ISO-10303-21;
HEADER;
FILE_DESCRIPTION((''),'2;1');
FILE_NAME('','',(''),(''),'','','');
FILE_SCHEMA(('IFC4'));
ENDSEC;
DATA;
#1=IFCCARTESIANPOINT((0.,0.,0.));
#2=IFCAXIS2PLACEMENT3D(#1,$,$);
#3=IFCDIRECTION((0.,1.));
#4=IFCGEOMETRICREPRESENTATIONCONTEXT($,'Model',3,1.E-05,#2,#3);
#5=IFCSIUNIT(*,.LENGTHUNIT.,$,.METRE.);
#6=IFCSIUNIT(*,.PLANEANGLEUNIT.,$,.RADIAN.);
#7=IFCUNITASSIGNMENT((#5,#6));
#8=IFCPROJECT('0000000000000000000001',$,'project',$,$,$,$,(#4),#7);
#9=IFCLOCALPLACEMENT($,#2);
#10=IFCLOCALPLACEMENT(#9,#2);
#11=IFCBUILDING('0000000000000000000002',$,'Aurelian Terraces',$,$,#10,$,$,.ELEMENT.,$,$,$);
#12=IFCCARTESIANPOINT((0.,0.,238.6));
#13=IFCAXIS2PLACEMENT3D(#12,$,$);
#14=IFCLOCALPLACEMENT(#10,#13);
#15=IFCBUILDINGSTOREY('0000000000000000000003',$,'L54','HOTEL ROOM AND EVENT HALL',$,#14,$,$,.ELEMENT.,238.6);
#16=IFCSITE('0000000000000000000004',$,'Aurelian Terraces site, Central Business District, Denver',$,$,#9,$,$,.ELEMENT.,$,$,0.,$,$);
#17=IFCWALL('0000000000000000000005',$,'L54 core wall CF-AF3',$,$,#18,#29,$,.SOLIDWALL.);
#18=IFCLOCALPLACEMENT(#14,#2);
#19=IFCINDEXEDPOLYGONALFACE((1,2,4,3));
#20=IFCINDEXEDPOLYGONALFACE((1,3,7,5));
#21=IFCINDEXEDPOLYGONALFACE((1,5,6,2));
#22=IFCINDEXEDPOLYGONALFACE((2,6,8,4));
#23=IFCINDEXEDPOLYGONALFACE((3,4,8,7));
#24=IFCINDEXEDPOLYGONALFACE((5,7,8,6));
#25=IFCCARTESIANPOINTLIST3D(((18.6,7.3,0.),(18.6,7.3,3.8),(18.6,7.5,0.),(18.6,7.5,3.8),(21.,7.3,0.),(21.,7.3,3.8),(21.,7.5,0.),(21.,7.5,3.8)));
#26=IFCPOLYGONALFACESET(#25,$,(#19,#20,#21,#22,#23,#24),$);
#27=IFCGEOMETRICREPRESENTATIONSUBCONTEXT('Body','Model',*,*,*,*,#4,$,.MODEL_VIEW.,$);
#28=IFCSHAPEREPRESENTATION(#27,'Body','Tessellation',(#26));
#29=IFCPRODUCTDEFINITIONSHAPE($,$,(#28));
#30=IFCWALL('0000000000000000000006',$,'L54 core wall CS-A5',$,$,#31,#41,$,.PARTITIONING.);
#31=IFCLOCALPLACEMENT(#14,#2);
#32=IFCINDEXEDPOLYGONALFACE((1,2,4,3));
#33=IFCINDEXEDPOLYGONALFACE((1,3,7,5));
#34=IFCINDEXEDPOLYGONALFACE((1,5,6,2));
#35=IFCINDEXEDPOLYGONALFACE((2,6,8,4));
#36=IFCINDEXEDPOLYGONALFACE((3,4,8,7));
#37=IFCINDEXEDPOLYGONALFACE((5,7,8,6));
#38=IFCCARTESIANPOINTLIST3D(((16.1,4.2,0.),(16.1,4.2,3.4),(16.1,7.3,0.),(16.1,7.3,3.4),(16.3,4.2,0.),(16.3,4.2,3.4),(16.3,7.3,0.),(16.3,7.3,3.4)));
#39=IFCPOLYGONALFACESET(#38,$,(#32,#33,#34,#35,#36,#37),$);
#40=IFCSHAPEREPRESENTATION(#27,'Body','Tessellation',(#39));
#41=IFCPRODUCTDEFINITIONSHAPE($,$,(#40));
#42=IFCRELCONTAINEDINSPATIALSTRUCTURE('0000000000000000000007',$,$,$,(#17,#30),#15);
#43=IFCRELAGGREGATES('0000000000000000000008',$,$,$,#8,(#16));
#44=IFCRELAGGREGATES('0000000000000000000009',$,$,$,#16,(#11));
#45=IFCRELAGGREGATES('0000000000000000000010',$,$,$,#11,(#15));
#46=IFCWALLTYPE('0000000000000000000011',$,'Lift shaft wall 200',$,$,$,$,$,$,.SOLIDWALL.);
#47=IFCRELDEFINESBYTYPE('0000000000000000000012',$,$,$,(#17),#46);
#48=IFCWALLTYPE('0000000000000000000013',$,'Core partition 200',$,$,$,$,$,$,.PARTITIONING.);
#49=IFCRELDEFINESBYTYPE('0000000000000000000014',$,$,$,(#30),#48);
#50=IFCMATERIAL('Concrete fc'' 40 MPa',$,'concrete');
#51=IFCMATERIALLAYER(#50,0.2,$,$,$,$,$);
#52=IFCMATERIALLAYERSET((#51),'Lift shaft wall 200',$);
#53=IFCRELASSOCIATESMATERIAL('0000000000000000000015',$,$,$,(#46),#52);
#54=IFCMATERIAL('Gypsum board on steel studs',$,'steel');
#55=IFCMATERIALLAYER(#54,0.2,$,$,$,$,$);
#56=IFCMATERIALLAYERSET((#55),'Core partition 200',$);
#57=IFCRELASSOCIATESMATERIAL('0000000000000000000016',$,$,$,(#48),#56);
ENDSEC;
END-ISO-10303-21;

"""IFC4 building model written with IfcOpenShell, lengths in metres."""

from ifc_helpers import new_model, si_unit, direction, frame, frame_2d, origin, place, context, subcontext, project, spatial, rectangle, extrude, source, transform, mapped, material, layer, layer_set, type_object, element, save


model = new_model("IFC4")

# Units and contexts
model_context = context("Model", 3, precision=1e-05, world=origin(), true_north=direction((0.0, 1.0)))
body_context = subcontext(model_context, "Body", "Model", "MODEL_VIEW")
ifc_project = project(units=[si_unit("LENGTHUNIT", "METRE"), si_unit("PLANEANGLEUNIT", "RADIAN")], contexts=[model_context])

# Site, building, storey
site_placement = place(None, origin())
site = spatial("IfcSite", under=ifc_project, at=site_placement, Name="Aurelian Terraces site, Central Business District, Denver", CompositionType="ELEMENT", RefElevation=0.0)
building_placement = place(site_placement, origin())
building = spatial("IfcBuilding", under=site, at=building_placement, Name="Aurelian Terraces", CompositionType="ELEMENT")
storey_placement = place(building_placement, frame((0.0, 0.0, 238.6)))
storey = spatial("IfcBuildingStorey", under=building, at=storey_placement, Name="L54", Description="HOTEL ROOM AND EVENT HALL", CompositionType="ELEMENT", Elevation=238.6)

# Shared definitions
ifc_material_1 = material(Name="Concrete fc' 40 MPa", Category="concrete")
ifc_layer_1 = layer(ifc_material_1, 0.2)
ifc_layer_set_1 = layer_set([ifc_layer_1], Name="Lift shaft wall 200")
wall_type_1 = type_object("IfcWallType", Name="Lift shaft wall 200", PredefinedType="SOLIDWALL", material=ifc_layer_set_1)

# Walls
shared_shape_1 = source(origin(), body_context, "Body", "SweptSolid", [
    extrude(rectangle(XDim=2.4, YDim=0.2, at=frame_2d((1.2, 0.0))), origin(), (0.0, 0.0, 1.0), 3.8),
])
wall_1_placement = place(storey_placement, frame((18.6, 7.4, 0.0), z_axis=(0.0, 0.0, 1.0), x_axis=(1.0, 0.0, 0.0)))
element("IfcWall", 1, at=wall_1_placement, inside=storey, type_object=wall_type_1, Name="L54 core wall CF-AF3", PredefinedType="SOLIDWALL", context=body_context, shape_type="MappedRepresentation", body=[
    mapped(shared_shape_1, transform((0.0, 0.0, 0.0), scale=1.0)),
])
ifc_material_2 = material(Name="Gypsum board on steel studs", Category="steel")
ifc_layer_2 = layer(ifc_material_2, 0.2)
ifc_layer_set_2 = layer_set([ifc_layer_2], Name="Core partition 200")
wall_type_2 = type_object("IfcWallType", Name="Core partition 200", PredefinedType="PARTITIONING", material=ifc_layer_set_2)
shared_shape_2 = source(origin(), body_context, "Body", "SweptSolid", [
    extrude(rectangle(XDim=3.1, YDim=0.2, at=frame_2d((1.55, 0.0))), origin(), (0.0, 0.0, 1.0), 3.4),
])
wall_2_placement = place(storey_placement, frame((16.2, 4.2, 0.0), z_axis=(0.0, 0.0, 1.0), x_axis=(0.0, 1.0, 0.0)))
element("IfcWall", 2, at=wall_2_placement, inside=storey, type_object=wall_type_2, Name="L54 core wall CS-A5", PredefinedType="PARTITIONING", context=body_context, shape_type="MappedRepresentation", body=[
    mapped(shared_shape_2, transform((0.0, 0.0, 0.0), scale=1.0)),
])

save(model, "model.ifc")
